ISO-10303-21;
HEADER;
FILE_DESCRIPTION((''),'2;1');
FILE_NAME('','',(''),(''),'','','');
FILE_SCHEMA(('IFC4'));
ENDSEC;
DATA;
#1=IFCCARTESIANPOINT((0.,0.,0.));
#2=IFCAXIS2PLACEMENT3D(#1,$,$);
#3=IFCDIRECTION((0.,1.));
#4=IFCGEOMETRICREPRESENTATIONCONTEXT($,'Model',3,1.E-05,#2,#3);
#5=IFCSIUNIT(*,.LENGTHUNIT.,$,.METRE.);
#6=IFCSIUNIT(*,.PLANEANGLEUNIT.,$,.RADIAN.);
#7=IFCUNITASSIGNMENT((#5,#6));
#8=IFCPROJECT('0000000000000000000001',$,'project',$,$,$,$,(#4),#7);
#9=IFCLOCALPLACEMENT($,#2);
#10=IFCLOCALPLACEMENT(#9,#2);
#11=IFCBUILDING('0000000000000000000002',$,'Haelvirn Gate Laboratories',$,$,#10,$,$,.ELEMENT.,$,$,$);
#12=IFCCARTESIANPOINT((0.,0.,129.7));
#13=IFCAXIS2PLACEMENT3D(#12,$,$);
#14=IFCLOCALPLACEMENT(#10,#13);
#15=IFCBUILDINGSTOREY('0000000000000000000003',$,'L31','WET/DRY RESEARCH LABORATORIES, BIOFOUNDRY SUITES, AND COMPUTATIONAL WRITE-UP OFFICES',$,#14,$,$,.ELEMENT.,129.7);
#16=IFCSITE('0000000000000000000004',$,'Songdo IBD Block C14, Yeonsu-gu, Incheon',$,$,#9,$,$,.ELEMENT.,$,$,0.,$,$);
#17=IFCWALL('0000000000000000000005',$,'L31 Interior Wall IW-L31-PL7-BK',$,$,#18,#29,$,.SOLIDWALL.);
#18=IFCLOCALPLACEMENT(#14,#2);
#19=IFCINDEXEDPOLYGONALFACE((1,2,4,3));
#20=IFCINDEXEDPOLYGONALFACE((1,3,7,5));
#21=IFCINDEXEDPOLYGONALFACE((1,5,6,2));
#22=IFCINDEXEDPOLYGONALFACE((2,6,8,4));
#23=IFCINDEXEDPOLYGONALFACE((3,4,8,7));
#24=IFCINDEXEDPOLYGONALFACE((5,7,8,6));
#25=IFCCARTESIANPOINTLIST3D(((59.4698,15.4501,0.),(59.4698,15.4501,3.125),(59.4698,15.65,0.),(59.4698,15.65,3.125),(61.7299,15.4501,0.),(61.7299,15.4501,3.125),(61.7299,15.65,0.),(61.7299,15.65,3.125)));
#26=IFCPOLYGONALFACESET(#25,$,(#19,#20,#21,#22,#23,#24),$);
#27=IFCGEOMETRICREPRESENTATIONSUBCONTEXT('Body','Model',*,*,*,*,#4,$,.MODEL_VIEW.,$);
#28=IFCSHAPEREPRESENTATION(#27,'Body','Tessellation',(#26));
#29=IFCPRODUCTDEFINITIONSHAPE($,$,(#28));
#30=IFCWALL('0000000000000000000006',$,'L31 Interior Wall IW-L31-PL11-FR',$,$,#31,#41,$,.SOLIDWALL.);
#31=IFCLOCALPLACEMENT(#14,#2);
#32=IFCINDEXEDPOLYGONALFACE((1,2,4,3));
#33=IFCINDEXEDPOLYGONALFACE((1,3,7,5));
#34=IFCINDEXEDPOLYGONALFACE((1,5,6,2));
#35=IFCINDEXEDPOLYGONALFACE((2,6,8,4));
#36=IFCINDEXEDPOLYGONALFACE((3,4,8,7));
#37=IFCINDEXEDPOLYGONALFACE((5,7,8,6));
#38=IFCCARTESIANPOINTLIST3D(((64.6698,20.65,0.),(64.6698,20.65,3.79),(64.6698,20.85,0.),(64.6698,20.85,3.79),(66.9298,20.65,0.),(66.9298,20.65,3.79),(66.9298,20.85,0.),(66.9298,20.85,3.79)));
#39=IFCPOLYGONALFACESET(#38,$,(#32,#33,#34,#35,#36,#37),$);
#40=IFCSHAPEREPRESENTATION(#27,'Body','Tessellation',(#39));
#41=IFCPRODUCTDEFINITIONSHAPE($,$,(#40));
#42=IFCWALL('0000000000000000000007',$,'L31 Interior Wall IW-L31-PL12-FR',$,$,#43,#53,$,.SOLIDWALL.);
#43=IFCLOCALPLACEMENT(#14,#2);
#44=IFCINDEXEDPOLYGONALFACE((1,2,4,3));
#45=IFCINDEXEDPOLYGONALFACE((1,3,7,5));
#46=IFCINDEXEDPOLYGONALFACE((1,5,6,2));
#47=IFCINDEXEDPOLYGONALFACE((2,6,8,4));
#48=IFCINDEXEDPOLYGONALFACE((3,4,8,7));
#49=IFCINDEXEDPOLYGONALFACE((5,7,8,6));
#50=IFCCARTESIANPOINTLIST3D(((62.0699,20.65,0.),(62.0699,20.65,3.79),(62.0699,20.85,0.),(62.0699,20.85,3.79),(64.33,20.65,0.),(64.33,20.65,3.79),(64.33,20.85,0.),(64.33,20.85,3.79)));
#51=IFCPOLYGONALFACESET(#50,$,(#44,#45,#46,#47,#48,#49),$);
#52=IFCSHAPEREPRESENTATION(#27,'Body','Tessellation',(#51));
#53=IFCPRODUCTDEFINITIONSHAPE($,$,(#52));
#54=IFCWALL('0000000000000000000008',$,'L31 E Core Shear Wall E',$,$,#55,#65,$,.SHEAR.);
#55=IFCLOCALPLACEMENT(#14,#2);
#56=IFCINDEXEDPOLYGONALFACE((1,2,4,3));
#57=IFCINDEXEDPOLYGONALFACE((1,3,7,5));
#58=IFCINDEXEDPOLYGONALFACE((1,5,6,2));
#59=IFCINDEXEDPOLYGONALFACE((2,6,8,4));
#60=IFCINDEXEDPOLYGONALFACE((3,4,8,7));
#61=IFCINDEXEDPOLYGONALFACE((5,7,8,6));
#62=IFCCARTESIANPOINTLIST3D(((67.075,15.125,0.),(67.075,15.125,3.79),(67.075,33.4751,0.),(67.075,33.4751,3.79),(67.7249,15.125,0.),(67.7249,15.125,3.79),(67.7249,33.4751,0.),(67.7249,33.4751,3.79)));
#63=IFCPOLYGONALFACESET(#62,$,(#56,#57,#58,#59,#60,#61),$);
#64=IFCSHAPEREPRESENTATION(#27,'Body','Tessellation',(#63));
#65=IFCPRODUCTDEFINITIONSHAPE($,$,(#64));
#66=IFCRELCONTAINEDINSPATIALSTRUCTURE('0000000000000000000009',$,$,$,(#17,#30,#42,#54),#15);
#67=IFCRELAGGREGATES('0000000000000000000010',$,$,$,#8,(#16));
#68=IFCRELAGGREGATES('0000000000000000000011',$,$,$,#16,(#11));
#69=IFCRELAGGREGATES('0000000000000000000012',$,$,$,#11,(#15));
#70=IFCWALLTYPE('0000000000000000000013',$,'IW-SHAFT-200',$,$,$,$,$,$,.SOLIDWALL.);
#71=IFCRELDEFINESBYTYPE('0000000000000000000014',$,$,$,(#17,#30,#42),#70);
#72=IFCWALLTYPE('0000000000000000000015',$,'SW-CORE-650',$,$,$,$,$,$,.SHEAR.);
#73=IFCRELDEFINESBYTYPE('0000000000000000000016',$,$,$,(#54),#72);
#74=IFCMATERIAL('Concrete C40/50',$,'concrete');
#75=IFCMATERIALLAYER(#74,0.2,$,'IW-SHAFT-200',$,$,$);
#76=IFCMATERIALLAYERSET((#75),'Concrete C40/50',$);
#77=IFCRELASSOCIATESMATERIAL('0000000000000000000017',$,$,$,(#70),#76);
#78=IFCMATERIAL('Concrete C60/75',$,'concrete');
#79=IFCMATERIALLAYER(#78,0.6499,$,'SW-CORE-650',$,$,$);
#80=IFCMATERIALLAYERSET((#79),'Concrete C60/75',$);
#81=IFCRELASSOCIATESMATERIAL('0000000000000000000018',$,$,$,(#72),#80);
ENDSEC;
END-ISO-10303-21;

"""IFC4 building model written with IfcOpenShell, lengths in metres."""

from ifc_helpers import new_model, si_unit, direction, frame, frame_2d, origin, place, context, subcontext, project, spatial, rectangle, extrude, material, layer, layer_set, type_object, element, save


model = new_model("IFC4")

# Units and contexts
model_context = context("Model", 3, precision=1e-05, world=origin(), true_north=direction((0.0, 1.0)))
body_context = subcontext(model_context, "Body", "Model", "MODEL_VIEW")
ifc_project = project(units=[si_unit("LENGTHUNIT", "METRE"), si_unit("PLANEANGLEUNIT", "RADIAN")], contexts=[model_context])

# Site, building, storey
site_placement = place(None, origin())
site = spatial("IfcSite", under=ifc_project, at=site_placement, Name="Songdo IBD Block C14, Yeonsu-gu, Incheon", CompositionType="ELEMENT", RefElevation=0.0)
building_placement = place(site_placement, origin())
building = spatial("IfcBuilding", under=site, at=building_placement, Name="Haelvirn Gate Laboratories", CompositionType="ELEMENT")
storey_placement = place(building_placement, frame((0.0, 0.0, 129.7)))
storey = spatial("IfcBuildingStorey", under=building, at=storey_placement, Name="L31", Description="WET/DRY RESEARCH LABORATORIES, BIOFOUNDRY SUITES, AND COMPUTATIONAL WRITE-UP OFFICES", CompositionType="ELEMENT", Elevation=129.7)

# Shared definitions
ifc_material_1 = material(Name="Concrete C60/75", Category="concrete")

# Shared definitions
ifc_material_2 = material(Name="Concrete C40/50", Category="concrete")

# Shared definitions
ifc_layer_1 = layer(ifc_material_2, 0.2, Name="IW-SHAFT-200")
ifc_layer_set_1 = layer_set([ifc_layer_1], Name="Concrete C40/50")
wall_type_1 = type_object("IfcWallType", Name="IW-SHAFT-200", PredefinedType="SOLIDWALL", material=ifc_layer_set_1)

# Walls
wall_1_placement = place(storey_placement, frame((59.47, 15.55, 0.0), z_axis=(0.0, 0.0, 1.0), x_axis=(1.0, 0.0, 0.0)))
element("IfcWall", 1, at=wall_1_placement, inside=storey, type_object=wall_type_1, Name="L31 Interior Wall IW-L31-PL7-BK", PredefinedType="SOLIDWALL", context=body_context, shape_type="SweptSolid", body=[
    extrude(rectangle(XDim=2.26, YDim=0.2, at=frame_2d((1.1299, 0.0))), origin(), (0.0, 0.0, 1.0), 3.125),
])
for number, where, z_axis, x_axis, name in (
    (2, (64.6699, 20.75, 0.0), (0.0, 0.0, 1.0), (1.0, 0.0, 0.0), "L31 Interior Wall IW-L31-PL11-FR"),
    (3, (62.0701, 20.75, 0.0), (0.0, 0.0, 1.0), (1.0, 0.0, 0.0), "L31 Interior Wall IW-L31-PL12-FR"),
):
    element("IfcWall", number, at=place(storey_placement, frame(where, z_axis=z_axis, x_axis=x_axis)), inside=storey, type_object=wall_type_1, Name=name, PredefinedType="SOLIDWALL", context=body_context, shape_type="SweptSolid", body=[
        extrude(rectangle(XDim=2.26, YDim=0.2, at=frame_2d((1.1299, 0.0))), origin(), (0.0, 0.0, 1.0), 3.79),
    ])
ifc_layer_2 = layer(ifc_material_1, 0.6499, Name="SW-CORE-650")
ifc_layer_set_2 = layer_set([ifc_layer_2], Name="Concrete C60/75")
wall_type_2 = type_object("IfcWallType", Name="SW-CORE-650", PredefinedType="SHEAR", material=ifc_layer_set_2)
wall_2_placement = place(storey_placement, frame((67.3999, 15.125, 0.0), z_axis=(0.0, 0.0, 1.0), x_axis=(0.0, 1.0, 0.0)))
element("IfcWall", 4, at=wall_2_placement, inside=storey, type_object=wall_type_2, Name="L31 E Core Shear Wall E", PredefinedType="SHEAR", context=body_context, shape_type="SweptSolid", body=[
    extrude(rectangle(XDim=18.3501, YDim=0.6499, at=frame_2d((9.175, 0.0))), origin(), (0.0, 0.0, 1.0), 3.79),
])

save(model, "model.ifc")
